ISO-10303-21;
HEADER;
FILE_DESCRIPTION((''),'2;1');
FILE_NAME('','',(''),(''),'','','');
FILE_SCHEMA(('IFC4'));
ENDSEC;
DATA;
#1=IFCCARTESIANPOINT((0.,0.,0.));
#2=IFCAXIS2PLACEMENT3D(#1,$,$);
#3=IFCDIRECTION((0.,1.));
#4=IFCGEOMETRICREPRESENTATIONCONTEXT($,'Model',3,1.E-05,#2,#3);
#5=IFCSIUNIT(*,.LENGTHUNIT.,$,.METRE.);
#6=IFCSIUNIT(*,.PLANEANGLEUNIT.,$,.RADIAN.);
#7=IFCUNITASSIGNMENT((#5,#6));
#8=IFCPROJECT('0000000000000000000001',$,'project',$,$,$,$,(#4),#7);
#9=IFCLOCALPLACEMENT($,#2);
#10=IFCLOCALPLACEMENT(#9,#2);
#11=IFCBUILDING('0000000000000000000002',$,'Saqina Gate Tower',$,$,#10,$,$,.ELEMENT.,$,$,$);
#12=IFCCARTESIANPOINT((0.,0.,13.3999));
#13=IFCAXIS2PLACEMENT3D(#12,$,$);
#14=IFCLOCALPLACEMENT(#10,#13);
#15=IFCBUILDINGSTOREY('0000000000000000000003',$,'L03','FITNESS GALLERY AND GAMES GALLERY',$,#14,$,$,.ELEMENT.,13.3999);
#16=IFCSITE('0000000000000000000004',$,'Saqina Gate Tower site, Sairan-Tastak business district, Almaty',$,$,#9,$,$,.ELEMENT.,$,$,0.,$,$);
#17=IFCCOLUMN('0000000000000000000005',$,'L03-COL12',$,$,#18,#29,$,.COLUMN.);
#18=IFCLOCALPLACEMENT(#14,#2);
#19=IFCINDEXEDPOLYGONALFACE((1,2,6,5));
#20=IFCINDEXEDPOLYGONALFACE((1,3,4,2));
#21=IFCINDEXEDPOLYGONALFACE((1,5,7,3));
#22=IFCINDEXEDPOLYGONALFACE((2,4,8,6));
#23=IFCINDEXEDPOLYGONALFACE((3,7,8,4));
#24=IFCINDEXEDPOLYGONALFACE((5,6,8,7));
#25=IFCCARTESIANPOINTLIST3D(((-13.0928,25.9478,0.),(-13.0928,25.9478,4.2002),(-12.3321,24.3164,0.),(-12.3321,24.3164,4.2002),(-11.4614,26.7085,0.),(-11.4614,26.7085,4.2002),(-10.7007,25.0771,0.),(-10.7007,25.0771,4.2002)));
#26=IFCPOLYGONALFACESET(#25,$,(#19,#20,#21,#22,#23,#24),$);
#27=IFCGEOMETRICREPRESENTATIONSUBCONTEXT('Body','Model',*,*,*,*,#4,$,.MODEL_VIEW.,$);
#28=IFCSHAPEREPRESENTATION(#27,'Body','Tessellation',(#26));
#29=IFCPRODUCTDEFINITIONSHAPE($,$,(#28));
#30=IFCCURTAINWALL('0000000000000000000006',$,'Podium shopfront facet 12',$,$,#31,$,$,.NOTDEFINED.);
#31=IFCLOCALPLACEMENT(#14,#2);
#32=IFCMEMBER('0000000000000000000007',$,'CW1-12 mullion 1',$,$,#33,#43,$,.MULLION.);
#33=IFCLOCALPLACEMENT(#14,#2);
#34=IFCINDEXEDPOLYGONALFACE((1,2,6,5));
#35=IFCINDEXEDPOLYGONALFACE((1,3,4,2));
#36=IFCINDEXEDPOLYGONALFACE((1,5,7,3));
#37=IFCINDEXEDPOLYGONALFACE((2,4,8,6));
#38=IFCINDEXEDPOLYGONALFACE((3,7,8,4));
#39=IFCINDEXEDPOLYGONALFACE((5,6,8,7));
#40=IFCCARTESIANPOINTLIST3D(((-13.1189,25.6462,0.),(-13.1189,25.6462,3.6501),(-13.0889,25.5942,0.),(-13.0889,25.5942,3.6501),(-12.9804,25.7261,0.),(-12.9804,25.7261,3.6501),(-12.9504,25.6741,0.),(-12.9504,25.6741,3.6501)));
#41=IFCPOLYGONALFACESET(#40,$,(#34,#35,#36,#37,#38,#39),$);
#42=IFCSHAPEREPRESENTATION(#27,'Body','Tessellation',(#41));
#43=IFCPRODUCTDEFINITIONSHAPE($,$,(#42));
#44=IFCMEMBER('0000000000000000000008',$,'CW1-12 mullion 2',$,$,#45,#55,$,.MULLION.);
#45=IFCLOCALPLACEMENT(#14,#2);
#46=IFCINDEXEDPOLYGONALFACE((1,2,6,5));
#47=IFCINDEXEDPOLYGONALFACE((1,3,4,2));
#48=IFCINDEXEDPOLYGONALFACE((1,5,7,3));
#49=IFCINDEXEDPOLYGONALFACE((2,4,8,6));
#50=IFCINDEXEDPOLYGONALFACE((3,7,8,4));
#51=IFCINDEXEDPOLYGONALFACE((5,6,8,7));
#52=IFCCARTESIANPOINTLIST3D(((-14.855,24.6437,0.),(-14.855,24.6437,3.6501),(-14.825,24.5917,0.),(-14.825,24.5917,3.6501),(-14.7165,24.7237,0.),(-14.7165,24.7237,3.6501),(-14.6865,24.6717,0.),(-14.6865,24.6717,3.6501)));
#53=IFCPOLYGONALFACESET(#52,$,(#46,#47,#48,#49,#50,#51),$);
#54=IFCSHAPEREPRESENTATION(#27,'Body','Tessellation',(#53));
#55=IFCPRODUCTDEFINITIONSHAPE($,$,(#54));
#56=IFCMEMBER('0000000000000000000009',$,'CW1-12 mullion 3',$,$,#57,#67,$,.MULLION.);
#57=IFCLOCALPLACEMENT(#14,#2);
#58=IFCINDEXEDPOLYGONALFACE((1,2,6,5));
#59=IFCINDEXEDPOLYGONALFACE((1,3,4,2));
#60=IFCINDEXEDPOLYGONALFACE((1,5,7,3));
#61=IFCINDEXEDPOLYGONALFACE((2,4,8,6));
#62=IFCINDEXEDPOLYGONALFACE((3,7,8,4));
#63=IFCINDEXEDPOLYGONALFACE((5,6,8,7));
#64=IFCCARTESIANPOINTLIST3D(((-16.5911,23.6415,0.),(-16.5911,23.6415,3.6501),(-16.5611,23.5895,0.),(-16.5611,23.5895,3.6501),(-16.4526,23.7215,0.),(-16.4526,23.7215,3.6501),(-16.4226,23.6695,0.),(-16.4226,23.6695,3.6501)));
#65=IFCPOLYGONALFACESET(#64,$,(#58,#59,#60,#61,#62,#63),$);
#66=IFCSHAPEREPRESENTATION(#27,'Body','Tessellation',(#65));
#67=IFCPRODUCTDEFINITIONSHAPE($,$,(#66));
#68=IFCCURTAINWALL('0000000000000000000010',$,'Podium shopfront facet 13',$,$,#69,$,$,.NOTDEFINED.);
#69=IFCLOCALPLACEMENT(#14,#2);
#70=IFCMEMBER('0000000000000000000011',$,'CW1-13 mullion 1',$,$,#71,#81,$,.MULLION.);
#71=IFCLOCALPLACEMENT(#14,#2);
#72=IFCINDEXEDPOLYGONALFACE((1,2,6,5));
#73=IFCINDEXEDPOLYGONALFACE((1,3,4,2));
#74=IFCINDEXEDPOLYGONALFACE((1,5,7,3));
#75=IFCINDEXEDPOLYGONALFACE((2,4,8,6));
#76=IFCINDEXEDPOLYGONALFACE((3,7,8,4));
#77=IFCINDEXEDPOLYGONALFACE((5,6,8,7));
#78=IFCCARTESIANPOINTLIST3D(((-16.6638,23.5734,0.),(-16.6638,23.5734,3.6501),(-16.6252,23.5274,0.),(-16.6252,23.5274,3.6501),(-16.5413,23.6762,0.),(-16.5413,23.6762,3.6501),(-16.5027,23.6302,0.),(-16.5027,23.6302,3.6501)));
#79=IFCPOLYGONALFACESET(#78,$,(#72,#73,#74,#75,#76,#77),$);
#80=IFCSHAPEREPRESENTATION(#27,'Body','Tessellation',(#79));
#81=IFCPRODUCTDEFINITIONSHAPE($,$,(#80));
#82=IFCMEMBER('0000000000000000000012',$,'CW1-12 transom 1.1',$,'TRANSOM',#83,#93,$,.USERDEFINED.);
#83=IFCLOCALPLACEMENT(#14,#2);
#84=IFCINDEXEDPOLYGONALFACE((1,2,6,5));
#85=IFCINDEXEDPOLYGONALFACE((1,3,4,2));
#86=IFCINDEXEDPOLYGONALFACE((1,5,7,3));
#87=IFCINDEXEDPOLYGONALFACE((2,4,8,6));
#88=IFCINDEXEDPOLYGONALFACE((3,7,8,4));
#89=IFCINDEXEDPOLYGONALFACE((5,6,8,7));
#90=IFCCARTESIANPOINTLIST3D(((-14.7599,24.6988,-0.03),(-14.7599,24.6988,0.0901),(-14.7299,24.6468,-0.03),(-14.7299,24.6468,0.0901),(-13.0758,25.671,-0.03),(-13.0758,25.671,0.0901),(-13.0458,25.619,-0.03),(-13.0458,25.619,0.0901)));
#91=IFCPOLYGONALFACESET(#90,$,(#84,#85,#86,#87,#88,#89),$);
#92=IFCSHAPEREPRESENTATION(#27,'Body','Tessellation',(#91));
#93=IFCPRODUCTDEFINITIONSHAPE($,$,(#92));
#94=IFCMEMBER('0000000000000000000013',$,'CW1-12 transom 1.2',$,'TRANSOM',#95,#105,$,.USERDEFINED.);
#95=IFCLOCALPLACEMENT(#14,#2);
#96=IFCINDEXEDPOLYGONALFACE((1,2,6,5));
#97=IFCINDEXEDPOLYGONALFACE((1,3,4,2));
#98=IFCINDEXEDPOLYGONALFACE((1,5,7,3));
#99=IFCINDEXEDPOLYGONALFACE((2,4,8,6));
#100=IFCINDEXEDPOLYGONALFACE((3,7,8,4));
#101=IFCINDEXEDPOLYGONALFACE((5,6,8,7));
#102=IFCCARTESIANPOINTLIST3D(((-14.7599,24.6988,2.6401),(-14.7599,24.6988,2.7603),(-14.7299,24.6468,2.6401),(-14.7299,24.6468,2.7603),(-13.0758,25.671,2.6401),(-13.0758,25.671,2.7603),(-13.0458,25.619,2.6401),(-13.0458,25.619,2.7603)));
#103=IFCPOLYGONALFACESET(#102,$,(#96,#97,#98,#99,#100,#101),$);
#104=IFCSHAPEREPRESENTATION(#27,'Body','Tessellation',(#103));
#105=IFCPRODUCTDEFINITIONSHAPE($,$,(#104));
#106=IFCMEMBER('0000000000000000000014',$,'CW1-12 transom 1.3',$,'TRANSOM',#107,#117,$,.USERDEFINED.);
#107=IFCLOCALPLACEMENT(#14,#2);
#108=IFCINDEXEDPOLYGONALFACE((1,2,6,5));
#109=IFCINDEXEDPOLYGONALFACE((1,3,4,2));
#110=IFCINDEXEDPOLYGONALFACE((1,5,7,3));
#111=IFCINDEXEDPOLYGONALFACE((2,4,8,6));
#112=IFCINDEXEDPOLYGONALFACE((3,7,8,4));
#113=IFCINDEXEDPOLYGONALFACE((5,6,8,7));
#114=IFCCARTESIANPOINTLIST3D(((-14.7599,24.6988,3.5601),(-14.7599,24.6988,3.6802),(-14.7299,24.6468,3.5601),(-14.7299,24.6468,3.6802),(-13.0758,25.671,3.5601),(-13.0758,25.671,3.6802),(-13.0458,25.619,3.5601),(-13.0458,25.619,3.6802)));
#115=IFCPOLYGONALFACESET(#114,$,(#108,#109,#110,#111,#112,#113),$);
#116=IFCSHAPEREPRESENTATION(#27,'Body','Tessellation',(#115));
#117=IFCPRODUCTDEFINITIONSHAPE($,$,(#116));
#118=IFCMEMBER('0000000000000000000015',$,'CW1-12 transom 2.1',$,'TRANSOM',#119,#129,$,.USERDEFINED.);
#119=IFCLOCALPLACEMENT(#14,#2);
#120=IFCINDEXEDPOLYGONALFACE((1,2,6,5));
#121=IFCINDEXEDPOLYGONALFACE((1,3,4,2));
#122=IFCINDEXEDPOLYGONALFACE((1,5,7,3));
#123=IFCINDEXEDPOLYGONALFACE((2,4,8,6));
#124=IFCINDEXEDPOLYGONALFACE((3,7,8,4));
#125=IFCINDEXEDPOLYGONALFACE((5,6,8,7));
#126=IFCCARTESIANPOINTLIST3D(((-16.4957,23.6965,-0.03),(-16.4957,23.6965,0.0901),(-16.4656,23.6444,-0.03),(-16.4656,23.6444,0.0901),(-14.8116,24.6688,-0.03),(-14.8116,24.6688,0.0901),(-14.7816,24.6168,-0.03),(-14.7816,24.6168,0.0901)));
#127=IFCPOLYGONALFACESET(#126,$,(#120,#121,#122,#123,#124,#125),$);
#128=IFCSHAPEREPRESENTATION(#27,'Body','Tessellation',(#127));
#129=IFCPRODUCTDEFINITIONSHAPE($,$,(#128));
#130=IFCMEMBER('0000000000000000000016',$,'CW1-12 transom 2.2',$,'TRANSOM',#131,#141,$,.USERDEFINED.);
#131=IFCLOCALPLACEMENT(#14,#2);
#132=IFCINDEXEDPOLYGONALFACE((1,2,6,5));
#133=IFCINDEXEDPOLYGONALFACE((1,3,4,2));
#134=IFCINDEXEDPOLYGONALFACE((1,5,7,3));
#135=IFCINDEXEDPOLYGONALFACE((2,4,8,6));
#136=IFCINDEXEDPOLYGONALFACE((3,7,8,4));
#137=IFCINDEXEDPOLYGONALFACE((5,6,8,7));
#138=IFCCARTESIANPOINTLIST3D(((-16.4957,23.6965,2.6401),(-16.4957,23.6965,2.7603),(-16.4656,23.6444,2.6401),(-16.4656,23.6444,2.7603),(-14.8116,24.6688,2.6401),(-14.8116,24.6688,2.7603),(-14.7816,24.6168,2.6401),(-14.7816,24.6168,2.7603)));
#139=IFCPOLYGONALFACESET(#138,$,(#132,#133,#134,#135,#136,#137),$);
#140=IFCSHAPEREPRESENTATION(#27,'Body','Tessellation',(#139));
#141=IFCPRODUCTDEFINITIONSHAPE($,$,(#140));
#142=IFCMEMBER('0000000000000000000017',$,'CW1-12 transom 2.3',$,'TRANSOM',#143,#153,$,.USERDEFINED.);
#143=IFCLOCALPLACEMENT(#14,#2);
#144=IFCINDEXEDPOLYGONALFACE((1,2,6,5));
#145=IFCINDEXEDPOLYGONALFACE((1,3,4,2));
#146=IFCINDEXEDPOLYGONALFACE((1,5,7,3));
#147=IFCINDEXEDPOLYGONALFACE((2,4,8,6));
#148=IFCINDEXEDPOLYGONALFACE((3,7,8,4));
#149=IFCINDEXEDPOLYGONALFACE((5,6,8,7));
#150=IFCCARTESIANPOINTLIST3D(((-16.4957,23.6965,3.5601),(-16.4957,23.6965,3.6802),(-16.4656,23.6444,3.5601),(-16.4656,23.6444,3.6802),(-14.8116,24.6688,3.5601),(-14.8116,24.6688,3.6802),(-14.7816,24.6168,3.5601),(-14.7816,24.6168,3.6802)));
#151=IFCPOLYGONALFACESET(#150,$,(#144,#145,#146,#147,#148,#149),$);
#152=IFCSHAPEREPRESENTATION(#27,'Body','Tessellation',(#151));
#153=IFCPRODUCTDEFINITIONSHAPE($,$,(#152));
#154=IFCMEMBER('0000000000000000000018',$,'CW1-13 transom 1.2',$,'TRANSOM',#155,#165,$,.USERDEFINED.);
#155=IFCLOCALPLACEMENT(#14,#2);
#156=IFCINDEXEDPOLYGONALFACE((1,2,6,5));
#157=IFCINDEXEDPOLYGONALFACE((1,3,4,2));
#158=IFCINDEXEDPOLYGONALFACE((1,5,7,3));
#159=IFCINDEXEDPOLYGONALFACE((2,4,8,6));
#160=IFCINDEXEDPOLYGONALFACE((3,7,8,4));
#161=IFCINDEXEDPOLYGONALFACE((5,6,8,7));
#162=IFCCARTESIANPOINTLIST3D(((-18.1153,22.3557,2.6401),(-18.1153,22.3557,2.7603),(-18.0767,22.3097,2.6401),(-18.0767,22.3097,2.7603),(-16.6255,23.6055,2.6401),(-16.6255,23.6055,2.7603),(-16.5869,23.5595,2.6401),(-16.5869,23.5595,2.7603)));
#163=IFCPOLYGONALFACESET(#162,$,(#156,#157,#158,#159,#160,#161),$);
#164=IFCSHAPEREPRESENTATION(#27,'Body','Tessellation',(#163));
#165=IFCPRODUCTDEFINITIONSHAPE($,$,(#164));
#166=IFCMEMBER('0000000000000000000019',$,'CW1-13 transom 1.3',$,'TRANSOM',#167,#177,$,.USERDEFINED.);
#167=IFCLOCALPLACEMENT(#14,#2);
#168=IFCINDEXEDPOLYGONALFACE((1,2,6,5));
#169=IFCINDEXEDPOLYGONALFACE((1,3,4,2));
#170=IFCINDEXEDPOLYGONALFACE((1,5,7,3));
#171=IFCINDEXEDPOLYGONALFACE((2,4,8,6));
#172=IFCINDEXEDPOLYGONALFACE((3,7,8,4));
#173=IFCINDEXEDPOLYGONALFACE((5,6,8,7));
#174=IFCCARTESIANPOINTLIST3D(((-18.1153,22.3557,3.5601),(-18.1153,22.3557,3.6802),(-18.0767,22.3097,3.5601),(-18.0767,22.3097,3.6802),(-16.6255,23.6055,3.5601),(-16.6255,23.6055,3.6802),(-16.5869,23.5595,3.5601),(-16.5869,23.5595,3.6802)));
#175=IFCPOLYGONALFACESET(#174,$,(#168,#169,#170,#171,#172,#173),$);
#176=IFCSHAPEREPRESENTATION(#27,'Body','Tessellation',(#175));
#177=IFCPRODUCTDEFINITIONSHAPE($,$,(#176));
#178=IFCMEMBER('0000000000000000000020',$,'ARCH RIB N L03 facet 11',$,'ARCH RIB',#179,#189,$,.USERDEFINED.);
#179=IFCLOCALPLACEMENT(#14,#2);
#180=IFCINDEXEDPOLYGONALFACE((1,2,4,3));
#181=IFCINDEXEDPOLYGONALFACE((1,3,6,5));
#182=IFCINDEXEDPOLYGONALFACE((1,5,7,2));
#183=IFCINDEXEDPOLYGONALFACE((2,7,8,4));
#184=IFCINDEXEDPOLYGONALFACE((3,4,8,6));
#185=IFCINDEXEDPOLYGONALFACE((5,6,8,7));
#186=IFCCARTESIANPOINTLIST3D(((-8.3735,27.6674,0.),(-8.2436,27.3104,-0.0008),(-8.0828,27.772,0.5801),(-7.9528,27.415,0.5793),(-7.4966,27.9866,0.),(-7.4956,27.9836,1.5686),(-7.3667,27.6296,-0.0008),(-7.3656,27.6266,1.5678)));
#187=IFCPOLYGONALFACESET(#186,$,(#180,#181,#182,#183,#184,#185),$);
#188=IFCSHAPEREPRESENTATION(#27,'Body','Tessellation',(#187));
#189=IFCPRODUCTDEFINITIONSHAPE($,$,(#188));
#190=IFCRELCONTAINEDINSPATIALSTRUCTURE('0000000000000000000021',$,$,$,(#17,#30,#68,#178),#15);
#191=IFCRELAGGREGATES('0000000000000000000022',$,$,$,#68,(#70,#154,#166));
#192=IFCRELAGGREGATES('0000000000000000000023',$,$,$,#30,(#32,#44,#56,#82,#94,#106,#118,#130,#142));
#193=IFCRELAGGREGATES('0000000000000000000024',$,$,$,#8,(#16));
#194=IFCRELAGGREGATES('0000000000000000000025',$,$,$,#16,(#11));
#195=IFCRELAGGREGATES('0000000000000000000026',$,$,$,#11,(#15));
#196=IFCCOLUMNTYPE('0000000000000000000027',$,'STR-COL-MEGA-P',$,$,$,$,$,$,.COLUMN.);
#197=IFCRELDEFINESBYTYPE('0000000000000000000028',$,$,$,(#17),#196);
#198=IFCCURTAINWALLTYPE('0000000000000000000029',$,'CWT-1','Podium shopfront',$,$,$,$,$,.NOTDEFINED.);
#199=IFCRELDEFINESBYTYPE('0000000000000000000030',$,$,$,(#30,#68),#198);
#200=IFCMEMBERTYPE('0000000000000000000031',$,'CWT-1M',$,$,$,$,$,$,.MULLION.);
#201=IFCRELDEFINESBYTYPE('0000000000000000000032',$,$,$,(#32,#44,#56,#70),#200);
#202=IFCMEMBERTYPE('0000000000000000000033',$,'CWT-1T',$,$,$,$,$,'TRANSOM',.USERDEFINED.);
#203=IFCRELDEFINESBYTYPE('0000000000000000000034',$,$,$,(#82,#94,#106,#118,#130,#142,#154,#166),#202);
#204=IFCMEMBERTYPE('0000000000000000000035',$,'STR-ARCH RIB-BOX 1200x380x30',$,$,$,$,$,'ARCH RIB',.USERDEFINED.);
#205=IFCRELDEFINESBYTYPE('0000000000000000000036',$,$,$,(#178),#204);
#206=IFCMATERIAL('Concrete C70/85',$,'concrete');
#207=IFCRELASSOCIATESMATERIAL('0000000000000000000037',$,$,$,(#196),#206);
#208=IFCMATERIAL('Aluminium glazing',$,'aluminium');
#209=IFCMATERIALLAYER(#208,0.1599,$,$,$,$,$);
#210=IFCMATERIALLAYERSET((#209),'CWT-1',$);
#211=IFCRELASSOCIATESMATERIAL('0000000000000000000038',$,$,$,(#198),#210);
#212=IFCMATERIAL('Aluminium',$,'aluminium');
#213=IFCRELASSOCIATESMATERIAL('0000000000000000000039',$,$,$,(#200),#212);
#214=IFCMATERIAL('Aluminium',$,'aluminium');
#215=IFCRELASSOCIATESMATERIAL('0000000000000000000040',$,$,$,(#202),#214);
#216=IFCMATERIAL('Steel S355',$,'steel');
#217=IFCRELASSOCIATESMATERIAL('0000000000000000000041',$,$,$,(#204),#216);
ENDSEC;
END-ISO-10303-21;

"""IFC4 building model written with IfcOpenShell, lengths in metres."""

from ifc_helpers import new_model, si_unit, direction, frame, origin, origin_2d, place, context, subcontext, project, spatial, polyline, rectangle, hollow_rectangle, outline, extrude, material, layer, layer_set, material_profile, profile_set, type_object, element, aggregate, save


model = new_model("IFC4")

# Units and contexts
model_context = context("Model", 3, precision=1e-05, world=origin(), true_north=direction((0.0, 1.0)))
body_context = subcontext(model_context, "Body", "Model", "MODEL_VIEW")
ifc_project = project(units=[si_unit("LENGTHUNIT", "METRE"), si_unit("PLANEANGLEUNIT", "RADIAN")], contexts=[model_context])

# Site, building, storey
site_placement = place(None, origin())
site = spatial("IfcSite", under=ifc_project, at=site_placement, Name="Saqina Gate Tower site, Sairan-Tastak business district, Almaty", CompositionType="ELEMENT", RefElevation=0.0)
building_placement = place(site_placement, origin())
building = spatial("IfcBuilding", under=site, at=building_placement, Name="Saqina Gate Tower", CompositionType="ELEMENT")
storey_placement = place(building_placement, frame((0.0, 0.0, 13.3999)))
storey = spatial("IfcBuildingStorey", under=building, at=storey_placement, Name="L03", Description="FITNESS GALLERY AND GAMES GALLERY", CompositionType="ELEMENT", Elevation=13.3999)

# Column
ifc_material_1 = material(Name="Concrete C70/85", Category="concrete")
ifc_material_profile_1 = material_profile(ifc_material_1, rectangle(XDim=1.8, YDim=1.8, at=origin_2d()), Name="RC 1800x1800")
ifc_profile_set_1 = profile_set([ifc_material_profile_1], Name="Concrete C70/85")
column_type = type_object("IfcColumnType", Name="STR-COL-MEGA-P", PredefinedType="COLUMN", material=ifc_profile_set_1)
column_placement = place(storey_placement, frame((-11.8967, 25.5125, 0.0), z_axis=(0.0, 0.0, 1.0), x_axis=(-0.422618, 0.906308, 0.0)))
element("IfcColumn", 1, at=column_placement, inside=storey, type_object=column_type, Name="L03-COL12", PredefinedType="COLUMN", context=body_context, shape_type="SweptSolid", body=[
    extrude(rectangle(XDim=1.8, YDim=1.8, at=origin_2d()), origin(), (0.0, 0.0, 1.0), 4.2002),
])

# Curtain wall, members
ifc_material_2 = material(Name="Aluminium glazing", Category="aluminium")
ifc_layer_1 = layer(ifc_material_2, 0.1599)
ifc_layer_set_1 = layer_set([ifc_layer_1], Name="CWT-1")
curtain_wall_type = type_object("IfcCurtainWallType", Name="CWT-1", Description="Podium shopfront", PredefinedType="NOTDEFINED", material=ifc_layer_set_1)
curtain_wall_1_placement = place(storey_placement, origin())
curtain_wall_1 = element("IfcCurtainWall", 2, at=curtain_wall_1_placement, inside=storey, type_object=curtain_wall_type, Name="Podium shopfront facet 12", PredefinedType="NOTDEFINED")
ifc_material_3 = material(Name="Aluminium", Category="aluminium")
ifc_material_profile_2 = material_profile(ifc_material_3, rectangle(XDim=0.0601, YDim=0.1599, at=origin_2d()), Name="Aluminium 60x160")
ifc_profile_set_2 = profile_set([ifc_material_profile_2], Name="Aluminium")
member_type_1 = type_object("IfcMemberType", Name="CWT-1M", PredefinedType="MULLION", material=ifc_profile_set_2)
member_1_placement = place(storey_placement, frame((-13.0347, 25.6602, 0.0), z_axis=(0.0, 0.0, 1.0), x_axis=(0.500014, -0.866017, 0.0)))
member_1 = element("IfcMember", 3, at=member_1_placement, type_object=member_type_1, Name="CW1-12 mullion 1", PredefinedType="MULLION", context=body_context, shape_type="SweptSolid", body=[
    extrude(rectangle(XDim=0.0601, YDim=0.1599, at=origin_2d()), origin(), (0.0, 0.0, 1.0), 3.6501),
])
member_2_placement = place(storey_placement, frame((-14.7708, 24.6577, 0.0), z_axis=(0.0, 0.0, 1.0), x_axis=(0.500014, -0.866017, 0.0)))
member_2 = element("IfcMember", 4, at=member_2_placement, type_object=member_type_1, Name="CW1-12 mullion 2", PredefinedType="MULLION", context=body_context, shape_type="SweptSolid", body=[
    extrude(rectangle(XDim=0.0601, YDim=0.1599, at=origin_2d()), origin(), (0.0, 0.0, 1.0), 3.6501),
])
member_3_placement = place(storey_placement, frame((-16.5068, 23.6555, 0.0), z_axis=(0.0, 0.0, 1.0), x_axis=(0.500014, -0.866017, 0.0)))
member_3 = element("IfcMember", 5, at=member_3_placement, type_object=member_type_1, Name="CW1-12 mullion 3", PredefinedType="MULLION", context=body_context, shape_type="SweptSolid", body=[
    extrude(rectangle(XDim=0.0601, YDim=0.1599, at=origin_2d()), origin(), (0.0, 0.0, 1.0), 3.6501),
])

# Curtain wall, member
curtain_wall_2_placement = place(storey_placement, origin())
curtain_wall_2 = element("IfcCurtainWall", 6, at=curtain_wall_2_placement, inside=storey, type_object=curtain_wall_type, Name="Podium shopfront facet 13", PredefinedType="NOTDEFINED")
member_4_placement = place(storey_placement, frame((-16.5833, 23.6018, 0.0), z_axis=(0.0, 0.0, 1.0), x_axis=(0.642779, -0.766051, 0.0)))
member_4 = element("IfcMember", 7, at=member_4_placement, type_object=member_type_1, Name="CW1-13 mullion 1", PredefinedType="MULLION", context=body_context, shape_type="SweptSolid", body=[
    extrude(rectangle(XDim=0.0601, YDim=0.1599, at=origin_2d()), origin(), (0.0, 0.0, 1.0), 3.6501),
])

# Members
ifc_material_4 = material(Name="Aluminium", Category="aluminium")
ifc_material_profile_3 = material_profile(ifc_material_4, rectangle(XDim=0.0601, YDim=0.1201, at=origin_2d()), Name="Aluminium 60x120")
ifc_profile_set_3 = profile_set([ifc_material_profile_3], Name="Aluminium")
member_type_2 = type_object("IfcMemberType", Name="CWT-1T", ElementType="TRANSOM", PredefinedType="USERDEFINED", material=ifc_profile_set_3)
member_5_placement = place(storey_placement, frame((-13.0608, 25.645, 0.03), z_axis=(-0.866056, -0.499947, 0.0), x_axis=(0.499947, -0.866056, 0.0)))
member_5 = element("IfcMember", 8, at=member_5_placement, type_object=member_type_2, Name="CW1-12 transom 1.1", ObjectType="TRANSOM", PredefinedType="USERDEFINED", context=body_context, shape_type="SweptSolid", body=[
    extrude(rectangle(XDim=0.0601, YDim=0.1201, at=origin_2d()), origin(), (0.0, 0.0, 1.0), 1.9446),
])
member_6_placement = place(storey_placement, frame((-13.0608, 25.645, 2.7002), z_axis=(-0.866056, -0.499947, 0.0), x_axis=(0.499947, -0.866056, 0.0)))
member_6 = element("IfcMember", 9, at=member_6_placement, type_object=member_type_2, Name="CW1-12 transom 1.2", ObjectType="TRANSOM", PredefinedType="USERDEFINED", context=body_context, shape_type="SweptSolid", body=[
    extrude(rectangle(XDim=0.0601, YDim=0.1201, at=origin_2d()), origin(), (0.0, 0.0, 1.0), 1.9446),
])
member_7_placement = place(storey_placement, frame((-13.0608, 25.645, 3.6201), z_axis=(-0.866056, -0.499947, 0.0), x_axis=(0.499947, -0.866056, 0.0)))
member_7 = element("IfcMember", 10, at=member_7_placement, type_object=member_type_2, Name="CW1-12 transom 1.3", ObjectType="TRANSOM", PredefinedType="USERDEFINED", context=body_context, shape_type="SweptSolid", body=[
    extrude(rectangle(XDim=0.0601, YDim=0.1201, at=origin_2d()), origin(), (0.0, 0.0, 1.0), 1.9446),
])
member_8_placement = place(storey_placement, frame((-14.7966, 24.6428, 0.03), z_axis=(-0.866002, -0.500041, 0.0), x_axis=(0.500041, -0.866002, 0.0)))
member_8 = element("IfcMember", 11, at=member_8_placement, type_object=member_type_2, Name="CW1-12 transom 2.1", ObjectType="TRANSOM", PredefinedType="USERDEFINED", context=body_context, shape_type="SweptSolid", body=[
    extrude(rectangle(XDim=0.0601, YDim=0.1201, at=origin_2d()), origin(), (0.0, 0.0, 1.0), 1.9446),
])
member_9_placement = place(storey_placement, frame((-14.7966, 24.6428, 2.7002), z_axis=(-0.866002, -0.500041, 0.0), x_axis=(0.500041, -0.866002, 0.0)))
member_9 = element("IfcMember", 12, at=member_9_placement, type_object=member_type_2, Name="CW1-12 transom 2.2", ObjectType="TRANSOM", PredefinedType="USERDEFINED", context=body_context, shape_type="SweptSolid", body=[
    extrude(rectangle(XDim=0.0601, YDim=0.1201, at=origin_2d()), origin(), (0.0, 0.0, 1.0), 1.9446),
])
member_10_placement = place(storey_placement, frame((-14.7966, 24.6428, 3.6201), z_axis=(-0.866002, -0.500041, 0.0), x_axis=(0.500041, -0.866002, 0.0)))
member_10 = element("IfcMember", 13, at=member_10_placement, type_object=member_type_2, Name="CW1-12 transom 2.3", ObjectType="TRANSOM", PredefinedType="USERDEFINED", context=body_context, shape_type="SweptSolid", body=[
    extrude(rectangle(XDim=0.0601, YDim=0.1201, at=origin_2d()), origin(), (0.0, 0.0, 1.0), 1.9446),
])
member_11_placement = place(storey_placement, frame((-16.6062, 23.5825, 2.7002), z_axis=(-0.766118, -0.6427, 0.0), x_axis=(0.6427, -0.766118, 0.0)))
member_11 = element("IfcMember", 14, at=member_11_placement, type_object=member_type_2, Name="CW1-13 transom 1.2", ObjectType="TRANSOM", PredefinedType="USERDEFINED", context=body_context, shape_type="SweptSolid", body=[
    extrude(rectangle(XDim=0.0601, YDim=0.1201, at=origin_2d()), origin(), (0.0, 0.0, 1.0), 1.9446),
])
member_12_placement = place(storey_placement, frame((-16.6062, 23.5825, 3.6201), z_axis=(-0.766118, -0.6427, 0.0), x_axis=(0.6427, -0.766118, 0.0)))
member_12 = element("IfcMember", 15, at=member_12_placement, type_object=member_type_2, Name="CW1-13 transom 1.3", ObjectType="TRANSOM", PredefinedType="USERDEFINED", context=body_context, shape_type="SweptSolid", body=[
    extrude(rectangle(XDim=0.0601, YDim=0.1201, at=origin_2d()), origin(), (0.0, 0.0, 1.0), 1.9446),
])
aggregate(curtain_wall_2, [member_4, member_11, member_12])

# Member
ifc_material_5 = material(Name="Steel S355", Category="steel")
ifc_material_profile_4 = material_profile(ifc_material_5, hollow_rectangle(XDim=1.2, YDim=0.3799, WallThickness=0.03, at=origin_2d()), Name="BOX 1200x380x30")
ifc_profile_set_4 = profile_set([ifc_material_profile_4], Name="Steel S355")
member_type_3 = type_object("IfcMemberType", Name="STR-ARCH RIB-BOX 1200x380x30", ElementType="ARCH RIB", PredefinedType="USERDEFINED", material=ifc_profile_set_4)
member_13_placement = place(storey_placement, frame((-7.4966, 27.9866, 0.0), z_axis=(-0.342017, 0.939691, 0.002022), x_axis=(0.000641, -0.001919, 0.999998)))
element("IfcMember", 16, at=member_13_placement, inside=storey, type_object=member_type_3, Name="ARCH RIB N L03 facet 11", ObjectType="ARCH RIB", PredefinedType="USERDEFINED", context=body_context, shape_type="SweptSolid", body=[
    extrude(outline(polyline([(0.0, 0.0), (1.5686, 0.0), (0.5801, -0.6242), (0.0001, -0.9332), (0.0, 0.0)])), origin(), (0.0, 0.0, -1.0), 0.3799),
])

aggregate(curtain_wall_1, [member_1, member_2, member_3, member_5, member_6, member_7, member_8, member_9, member_10])

save(model, "model.ifc")
